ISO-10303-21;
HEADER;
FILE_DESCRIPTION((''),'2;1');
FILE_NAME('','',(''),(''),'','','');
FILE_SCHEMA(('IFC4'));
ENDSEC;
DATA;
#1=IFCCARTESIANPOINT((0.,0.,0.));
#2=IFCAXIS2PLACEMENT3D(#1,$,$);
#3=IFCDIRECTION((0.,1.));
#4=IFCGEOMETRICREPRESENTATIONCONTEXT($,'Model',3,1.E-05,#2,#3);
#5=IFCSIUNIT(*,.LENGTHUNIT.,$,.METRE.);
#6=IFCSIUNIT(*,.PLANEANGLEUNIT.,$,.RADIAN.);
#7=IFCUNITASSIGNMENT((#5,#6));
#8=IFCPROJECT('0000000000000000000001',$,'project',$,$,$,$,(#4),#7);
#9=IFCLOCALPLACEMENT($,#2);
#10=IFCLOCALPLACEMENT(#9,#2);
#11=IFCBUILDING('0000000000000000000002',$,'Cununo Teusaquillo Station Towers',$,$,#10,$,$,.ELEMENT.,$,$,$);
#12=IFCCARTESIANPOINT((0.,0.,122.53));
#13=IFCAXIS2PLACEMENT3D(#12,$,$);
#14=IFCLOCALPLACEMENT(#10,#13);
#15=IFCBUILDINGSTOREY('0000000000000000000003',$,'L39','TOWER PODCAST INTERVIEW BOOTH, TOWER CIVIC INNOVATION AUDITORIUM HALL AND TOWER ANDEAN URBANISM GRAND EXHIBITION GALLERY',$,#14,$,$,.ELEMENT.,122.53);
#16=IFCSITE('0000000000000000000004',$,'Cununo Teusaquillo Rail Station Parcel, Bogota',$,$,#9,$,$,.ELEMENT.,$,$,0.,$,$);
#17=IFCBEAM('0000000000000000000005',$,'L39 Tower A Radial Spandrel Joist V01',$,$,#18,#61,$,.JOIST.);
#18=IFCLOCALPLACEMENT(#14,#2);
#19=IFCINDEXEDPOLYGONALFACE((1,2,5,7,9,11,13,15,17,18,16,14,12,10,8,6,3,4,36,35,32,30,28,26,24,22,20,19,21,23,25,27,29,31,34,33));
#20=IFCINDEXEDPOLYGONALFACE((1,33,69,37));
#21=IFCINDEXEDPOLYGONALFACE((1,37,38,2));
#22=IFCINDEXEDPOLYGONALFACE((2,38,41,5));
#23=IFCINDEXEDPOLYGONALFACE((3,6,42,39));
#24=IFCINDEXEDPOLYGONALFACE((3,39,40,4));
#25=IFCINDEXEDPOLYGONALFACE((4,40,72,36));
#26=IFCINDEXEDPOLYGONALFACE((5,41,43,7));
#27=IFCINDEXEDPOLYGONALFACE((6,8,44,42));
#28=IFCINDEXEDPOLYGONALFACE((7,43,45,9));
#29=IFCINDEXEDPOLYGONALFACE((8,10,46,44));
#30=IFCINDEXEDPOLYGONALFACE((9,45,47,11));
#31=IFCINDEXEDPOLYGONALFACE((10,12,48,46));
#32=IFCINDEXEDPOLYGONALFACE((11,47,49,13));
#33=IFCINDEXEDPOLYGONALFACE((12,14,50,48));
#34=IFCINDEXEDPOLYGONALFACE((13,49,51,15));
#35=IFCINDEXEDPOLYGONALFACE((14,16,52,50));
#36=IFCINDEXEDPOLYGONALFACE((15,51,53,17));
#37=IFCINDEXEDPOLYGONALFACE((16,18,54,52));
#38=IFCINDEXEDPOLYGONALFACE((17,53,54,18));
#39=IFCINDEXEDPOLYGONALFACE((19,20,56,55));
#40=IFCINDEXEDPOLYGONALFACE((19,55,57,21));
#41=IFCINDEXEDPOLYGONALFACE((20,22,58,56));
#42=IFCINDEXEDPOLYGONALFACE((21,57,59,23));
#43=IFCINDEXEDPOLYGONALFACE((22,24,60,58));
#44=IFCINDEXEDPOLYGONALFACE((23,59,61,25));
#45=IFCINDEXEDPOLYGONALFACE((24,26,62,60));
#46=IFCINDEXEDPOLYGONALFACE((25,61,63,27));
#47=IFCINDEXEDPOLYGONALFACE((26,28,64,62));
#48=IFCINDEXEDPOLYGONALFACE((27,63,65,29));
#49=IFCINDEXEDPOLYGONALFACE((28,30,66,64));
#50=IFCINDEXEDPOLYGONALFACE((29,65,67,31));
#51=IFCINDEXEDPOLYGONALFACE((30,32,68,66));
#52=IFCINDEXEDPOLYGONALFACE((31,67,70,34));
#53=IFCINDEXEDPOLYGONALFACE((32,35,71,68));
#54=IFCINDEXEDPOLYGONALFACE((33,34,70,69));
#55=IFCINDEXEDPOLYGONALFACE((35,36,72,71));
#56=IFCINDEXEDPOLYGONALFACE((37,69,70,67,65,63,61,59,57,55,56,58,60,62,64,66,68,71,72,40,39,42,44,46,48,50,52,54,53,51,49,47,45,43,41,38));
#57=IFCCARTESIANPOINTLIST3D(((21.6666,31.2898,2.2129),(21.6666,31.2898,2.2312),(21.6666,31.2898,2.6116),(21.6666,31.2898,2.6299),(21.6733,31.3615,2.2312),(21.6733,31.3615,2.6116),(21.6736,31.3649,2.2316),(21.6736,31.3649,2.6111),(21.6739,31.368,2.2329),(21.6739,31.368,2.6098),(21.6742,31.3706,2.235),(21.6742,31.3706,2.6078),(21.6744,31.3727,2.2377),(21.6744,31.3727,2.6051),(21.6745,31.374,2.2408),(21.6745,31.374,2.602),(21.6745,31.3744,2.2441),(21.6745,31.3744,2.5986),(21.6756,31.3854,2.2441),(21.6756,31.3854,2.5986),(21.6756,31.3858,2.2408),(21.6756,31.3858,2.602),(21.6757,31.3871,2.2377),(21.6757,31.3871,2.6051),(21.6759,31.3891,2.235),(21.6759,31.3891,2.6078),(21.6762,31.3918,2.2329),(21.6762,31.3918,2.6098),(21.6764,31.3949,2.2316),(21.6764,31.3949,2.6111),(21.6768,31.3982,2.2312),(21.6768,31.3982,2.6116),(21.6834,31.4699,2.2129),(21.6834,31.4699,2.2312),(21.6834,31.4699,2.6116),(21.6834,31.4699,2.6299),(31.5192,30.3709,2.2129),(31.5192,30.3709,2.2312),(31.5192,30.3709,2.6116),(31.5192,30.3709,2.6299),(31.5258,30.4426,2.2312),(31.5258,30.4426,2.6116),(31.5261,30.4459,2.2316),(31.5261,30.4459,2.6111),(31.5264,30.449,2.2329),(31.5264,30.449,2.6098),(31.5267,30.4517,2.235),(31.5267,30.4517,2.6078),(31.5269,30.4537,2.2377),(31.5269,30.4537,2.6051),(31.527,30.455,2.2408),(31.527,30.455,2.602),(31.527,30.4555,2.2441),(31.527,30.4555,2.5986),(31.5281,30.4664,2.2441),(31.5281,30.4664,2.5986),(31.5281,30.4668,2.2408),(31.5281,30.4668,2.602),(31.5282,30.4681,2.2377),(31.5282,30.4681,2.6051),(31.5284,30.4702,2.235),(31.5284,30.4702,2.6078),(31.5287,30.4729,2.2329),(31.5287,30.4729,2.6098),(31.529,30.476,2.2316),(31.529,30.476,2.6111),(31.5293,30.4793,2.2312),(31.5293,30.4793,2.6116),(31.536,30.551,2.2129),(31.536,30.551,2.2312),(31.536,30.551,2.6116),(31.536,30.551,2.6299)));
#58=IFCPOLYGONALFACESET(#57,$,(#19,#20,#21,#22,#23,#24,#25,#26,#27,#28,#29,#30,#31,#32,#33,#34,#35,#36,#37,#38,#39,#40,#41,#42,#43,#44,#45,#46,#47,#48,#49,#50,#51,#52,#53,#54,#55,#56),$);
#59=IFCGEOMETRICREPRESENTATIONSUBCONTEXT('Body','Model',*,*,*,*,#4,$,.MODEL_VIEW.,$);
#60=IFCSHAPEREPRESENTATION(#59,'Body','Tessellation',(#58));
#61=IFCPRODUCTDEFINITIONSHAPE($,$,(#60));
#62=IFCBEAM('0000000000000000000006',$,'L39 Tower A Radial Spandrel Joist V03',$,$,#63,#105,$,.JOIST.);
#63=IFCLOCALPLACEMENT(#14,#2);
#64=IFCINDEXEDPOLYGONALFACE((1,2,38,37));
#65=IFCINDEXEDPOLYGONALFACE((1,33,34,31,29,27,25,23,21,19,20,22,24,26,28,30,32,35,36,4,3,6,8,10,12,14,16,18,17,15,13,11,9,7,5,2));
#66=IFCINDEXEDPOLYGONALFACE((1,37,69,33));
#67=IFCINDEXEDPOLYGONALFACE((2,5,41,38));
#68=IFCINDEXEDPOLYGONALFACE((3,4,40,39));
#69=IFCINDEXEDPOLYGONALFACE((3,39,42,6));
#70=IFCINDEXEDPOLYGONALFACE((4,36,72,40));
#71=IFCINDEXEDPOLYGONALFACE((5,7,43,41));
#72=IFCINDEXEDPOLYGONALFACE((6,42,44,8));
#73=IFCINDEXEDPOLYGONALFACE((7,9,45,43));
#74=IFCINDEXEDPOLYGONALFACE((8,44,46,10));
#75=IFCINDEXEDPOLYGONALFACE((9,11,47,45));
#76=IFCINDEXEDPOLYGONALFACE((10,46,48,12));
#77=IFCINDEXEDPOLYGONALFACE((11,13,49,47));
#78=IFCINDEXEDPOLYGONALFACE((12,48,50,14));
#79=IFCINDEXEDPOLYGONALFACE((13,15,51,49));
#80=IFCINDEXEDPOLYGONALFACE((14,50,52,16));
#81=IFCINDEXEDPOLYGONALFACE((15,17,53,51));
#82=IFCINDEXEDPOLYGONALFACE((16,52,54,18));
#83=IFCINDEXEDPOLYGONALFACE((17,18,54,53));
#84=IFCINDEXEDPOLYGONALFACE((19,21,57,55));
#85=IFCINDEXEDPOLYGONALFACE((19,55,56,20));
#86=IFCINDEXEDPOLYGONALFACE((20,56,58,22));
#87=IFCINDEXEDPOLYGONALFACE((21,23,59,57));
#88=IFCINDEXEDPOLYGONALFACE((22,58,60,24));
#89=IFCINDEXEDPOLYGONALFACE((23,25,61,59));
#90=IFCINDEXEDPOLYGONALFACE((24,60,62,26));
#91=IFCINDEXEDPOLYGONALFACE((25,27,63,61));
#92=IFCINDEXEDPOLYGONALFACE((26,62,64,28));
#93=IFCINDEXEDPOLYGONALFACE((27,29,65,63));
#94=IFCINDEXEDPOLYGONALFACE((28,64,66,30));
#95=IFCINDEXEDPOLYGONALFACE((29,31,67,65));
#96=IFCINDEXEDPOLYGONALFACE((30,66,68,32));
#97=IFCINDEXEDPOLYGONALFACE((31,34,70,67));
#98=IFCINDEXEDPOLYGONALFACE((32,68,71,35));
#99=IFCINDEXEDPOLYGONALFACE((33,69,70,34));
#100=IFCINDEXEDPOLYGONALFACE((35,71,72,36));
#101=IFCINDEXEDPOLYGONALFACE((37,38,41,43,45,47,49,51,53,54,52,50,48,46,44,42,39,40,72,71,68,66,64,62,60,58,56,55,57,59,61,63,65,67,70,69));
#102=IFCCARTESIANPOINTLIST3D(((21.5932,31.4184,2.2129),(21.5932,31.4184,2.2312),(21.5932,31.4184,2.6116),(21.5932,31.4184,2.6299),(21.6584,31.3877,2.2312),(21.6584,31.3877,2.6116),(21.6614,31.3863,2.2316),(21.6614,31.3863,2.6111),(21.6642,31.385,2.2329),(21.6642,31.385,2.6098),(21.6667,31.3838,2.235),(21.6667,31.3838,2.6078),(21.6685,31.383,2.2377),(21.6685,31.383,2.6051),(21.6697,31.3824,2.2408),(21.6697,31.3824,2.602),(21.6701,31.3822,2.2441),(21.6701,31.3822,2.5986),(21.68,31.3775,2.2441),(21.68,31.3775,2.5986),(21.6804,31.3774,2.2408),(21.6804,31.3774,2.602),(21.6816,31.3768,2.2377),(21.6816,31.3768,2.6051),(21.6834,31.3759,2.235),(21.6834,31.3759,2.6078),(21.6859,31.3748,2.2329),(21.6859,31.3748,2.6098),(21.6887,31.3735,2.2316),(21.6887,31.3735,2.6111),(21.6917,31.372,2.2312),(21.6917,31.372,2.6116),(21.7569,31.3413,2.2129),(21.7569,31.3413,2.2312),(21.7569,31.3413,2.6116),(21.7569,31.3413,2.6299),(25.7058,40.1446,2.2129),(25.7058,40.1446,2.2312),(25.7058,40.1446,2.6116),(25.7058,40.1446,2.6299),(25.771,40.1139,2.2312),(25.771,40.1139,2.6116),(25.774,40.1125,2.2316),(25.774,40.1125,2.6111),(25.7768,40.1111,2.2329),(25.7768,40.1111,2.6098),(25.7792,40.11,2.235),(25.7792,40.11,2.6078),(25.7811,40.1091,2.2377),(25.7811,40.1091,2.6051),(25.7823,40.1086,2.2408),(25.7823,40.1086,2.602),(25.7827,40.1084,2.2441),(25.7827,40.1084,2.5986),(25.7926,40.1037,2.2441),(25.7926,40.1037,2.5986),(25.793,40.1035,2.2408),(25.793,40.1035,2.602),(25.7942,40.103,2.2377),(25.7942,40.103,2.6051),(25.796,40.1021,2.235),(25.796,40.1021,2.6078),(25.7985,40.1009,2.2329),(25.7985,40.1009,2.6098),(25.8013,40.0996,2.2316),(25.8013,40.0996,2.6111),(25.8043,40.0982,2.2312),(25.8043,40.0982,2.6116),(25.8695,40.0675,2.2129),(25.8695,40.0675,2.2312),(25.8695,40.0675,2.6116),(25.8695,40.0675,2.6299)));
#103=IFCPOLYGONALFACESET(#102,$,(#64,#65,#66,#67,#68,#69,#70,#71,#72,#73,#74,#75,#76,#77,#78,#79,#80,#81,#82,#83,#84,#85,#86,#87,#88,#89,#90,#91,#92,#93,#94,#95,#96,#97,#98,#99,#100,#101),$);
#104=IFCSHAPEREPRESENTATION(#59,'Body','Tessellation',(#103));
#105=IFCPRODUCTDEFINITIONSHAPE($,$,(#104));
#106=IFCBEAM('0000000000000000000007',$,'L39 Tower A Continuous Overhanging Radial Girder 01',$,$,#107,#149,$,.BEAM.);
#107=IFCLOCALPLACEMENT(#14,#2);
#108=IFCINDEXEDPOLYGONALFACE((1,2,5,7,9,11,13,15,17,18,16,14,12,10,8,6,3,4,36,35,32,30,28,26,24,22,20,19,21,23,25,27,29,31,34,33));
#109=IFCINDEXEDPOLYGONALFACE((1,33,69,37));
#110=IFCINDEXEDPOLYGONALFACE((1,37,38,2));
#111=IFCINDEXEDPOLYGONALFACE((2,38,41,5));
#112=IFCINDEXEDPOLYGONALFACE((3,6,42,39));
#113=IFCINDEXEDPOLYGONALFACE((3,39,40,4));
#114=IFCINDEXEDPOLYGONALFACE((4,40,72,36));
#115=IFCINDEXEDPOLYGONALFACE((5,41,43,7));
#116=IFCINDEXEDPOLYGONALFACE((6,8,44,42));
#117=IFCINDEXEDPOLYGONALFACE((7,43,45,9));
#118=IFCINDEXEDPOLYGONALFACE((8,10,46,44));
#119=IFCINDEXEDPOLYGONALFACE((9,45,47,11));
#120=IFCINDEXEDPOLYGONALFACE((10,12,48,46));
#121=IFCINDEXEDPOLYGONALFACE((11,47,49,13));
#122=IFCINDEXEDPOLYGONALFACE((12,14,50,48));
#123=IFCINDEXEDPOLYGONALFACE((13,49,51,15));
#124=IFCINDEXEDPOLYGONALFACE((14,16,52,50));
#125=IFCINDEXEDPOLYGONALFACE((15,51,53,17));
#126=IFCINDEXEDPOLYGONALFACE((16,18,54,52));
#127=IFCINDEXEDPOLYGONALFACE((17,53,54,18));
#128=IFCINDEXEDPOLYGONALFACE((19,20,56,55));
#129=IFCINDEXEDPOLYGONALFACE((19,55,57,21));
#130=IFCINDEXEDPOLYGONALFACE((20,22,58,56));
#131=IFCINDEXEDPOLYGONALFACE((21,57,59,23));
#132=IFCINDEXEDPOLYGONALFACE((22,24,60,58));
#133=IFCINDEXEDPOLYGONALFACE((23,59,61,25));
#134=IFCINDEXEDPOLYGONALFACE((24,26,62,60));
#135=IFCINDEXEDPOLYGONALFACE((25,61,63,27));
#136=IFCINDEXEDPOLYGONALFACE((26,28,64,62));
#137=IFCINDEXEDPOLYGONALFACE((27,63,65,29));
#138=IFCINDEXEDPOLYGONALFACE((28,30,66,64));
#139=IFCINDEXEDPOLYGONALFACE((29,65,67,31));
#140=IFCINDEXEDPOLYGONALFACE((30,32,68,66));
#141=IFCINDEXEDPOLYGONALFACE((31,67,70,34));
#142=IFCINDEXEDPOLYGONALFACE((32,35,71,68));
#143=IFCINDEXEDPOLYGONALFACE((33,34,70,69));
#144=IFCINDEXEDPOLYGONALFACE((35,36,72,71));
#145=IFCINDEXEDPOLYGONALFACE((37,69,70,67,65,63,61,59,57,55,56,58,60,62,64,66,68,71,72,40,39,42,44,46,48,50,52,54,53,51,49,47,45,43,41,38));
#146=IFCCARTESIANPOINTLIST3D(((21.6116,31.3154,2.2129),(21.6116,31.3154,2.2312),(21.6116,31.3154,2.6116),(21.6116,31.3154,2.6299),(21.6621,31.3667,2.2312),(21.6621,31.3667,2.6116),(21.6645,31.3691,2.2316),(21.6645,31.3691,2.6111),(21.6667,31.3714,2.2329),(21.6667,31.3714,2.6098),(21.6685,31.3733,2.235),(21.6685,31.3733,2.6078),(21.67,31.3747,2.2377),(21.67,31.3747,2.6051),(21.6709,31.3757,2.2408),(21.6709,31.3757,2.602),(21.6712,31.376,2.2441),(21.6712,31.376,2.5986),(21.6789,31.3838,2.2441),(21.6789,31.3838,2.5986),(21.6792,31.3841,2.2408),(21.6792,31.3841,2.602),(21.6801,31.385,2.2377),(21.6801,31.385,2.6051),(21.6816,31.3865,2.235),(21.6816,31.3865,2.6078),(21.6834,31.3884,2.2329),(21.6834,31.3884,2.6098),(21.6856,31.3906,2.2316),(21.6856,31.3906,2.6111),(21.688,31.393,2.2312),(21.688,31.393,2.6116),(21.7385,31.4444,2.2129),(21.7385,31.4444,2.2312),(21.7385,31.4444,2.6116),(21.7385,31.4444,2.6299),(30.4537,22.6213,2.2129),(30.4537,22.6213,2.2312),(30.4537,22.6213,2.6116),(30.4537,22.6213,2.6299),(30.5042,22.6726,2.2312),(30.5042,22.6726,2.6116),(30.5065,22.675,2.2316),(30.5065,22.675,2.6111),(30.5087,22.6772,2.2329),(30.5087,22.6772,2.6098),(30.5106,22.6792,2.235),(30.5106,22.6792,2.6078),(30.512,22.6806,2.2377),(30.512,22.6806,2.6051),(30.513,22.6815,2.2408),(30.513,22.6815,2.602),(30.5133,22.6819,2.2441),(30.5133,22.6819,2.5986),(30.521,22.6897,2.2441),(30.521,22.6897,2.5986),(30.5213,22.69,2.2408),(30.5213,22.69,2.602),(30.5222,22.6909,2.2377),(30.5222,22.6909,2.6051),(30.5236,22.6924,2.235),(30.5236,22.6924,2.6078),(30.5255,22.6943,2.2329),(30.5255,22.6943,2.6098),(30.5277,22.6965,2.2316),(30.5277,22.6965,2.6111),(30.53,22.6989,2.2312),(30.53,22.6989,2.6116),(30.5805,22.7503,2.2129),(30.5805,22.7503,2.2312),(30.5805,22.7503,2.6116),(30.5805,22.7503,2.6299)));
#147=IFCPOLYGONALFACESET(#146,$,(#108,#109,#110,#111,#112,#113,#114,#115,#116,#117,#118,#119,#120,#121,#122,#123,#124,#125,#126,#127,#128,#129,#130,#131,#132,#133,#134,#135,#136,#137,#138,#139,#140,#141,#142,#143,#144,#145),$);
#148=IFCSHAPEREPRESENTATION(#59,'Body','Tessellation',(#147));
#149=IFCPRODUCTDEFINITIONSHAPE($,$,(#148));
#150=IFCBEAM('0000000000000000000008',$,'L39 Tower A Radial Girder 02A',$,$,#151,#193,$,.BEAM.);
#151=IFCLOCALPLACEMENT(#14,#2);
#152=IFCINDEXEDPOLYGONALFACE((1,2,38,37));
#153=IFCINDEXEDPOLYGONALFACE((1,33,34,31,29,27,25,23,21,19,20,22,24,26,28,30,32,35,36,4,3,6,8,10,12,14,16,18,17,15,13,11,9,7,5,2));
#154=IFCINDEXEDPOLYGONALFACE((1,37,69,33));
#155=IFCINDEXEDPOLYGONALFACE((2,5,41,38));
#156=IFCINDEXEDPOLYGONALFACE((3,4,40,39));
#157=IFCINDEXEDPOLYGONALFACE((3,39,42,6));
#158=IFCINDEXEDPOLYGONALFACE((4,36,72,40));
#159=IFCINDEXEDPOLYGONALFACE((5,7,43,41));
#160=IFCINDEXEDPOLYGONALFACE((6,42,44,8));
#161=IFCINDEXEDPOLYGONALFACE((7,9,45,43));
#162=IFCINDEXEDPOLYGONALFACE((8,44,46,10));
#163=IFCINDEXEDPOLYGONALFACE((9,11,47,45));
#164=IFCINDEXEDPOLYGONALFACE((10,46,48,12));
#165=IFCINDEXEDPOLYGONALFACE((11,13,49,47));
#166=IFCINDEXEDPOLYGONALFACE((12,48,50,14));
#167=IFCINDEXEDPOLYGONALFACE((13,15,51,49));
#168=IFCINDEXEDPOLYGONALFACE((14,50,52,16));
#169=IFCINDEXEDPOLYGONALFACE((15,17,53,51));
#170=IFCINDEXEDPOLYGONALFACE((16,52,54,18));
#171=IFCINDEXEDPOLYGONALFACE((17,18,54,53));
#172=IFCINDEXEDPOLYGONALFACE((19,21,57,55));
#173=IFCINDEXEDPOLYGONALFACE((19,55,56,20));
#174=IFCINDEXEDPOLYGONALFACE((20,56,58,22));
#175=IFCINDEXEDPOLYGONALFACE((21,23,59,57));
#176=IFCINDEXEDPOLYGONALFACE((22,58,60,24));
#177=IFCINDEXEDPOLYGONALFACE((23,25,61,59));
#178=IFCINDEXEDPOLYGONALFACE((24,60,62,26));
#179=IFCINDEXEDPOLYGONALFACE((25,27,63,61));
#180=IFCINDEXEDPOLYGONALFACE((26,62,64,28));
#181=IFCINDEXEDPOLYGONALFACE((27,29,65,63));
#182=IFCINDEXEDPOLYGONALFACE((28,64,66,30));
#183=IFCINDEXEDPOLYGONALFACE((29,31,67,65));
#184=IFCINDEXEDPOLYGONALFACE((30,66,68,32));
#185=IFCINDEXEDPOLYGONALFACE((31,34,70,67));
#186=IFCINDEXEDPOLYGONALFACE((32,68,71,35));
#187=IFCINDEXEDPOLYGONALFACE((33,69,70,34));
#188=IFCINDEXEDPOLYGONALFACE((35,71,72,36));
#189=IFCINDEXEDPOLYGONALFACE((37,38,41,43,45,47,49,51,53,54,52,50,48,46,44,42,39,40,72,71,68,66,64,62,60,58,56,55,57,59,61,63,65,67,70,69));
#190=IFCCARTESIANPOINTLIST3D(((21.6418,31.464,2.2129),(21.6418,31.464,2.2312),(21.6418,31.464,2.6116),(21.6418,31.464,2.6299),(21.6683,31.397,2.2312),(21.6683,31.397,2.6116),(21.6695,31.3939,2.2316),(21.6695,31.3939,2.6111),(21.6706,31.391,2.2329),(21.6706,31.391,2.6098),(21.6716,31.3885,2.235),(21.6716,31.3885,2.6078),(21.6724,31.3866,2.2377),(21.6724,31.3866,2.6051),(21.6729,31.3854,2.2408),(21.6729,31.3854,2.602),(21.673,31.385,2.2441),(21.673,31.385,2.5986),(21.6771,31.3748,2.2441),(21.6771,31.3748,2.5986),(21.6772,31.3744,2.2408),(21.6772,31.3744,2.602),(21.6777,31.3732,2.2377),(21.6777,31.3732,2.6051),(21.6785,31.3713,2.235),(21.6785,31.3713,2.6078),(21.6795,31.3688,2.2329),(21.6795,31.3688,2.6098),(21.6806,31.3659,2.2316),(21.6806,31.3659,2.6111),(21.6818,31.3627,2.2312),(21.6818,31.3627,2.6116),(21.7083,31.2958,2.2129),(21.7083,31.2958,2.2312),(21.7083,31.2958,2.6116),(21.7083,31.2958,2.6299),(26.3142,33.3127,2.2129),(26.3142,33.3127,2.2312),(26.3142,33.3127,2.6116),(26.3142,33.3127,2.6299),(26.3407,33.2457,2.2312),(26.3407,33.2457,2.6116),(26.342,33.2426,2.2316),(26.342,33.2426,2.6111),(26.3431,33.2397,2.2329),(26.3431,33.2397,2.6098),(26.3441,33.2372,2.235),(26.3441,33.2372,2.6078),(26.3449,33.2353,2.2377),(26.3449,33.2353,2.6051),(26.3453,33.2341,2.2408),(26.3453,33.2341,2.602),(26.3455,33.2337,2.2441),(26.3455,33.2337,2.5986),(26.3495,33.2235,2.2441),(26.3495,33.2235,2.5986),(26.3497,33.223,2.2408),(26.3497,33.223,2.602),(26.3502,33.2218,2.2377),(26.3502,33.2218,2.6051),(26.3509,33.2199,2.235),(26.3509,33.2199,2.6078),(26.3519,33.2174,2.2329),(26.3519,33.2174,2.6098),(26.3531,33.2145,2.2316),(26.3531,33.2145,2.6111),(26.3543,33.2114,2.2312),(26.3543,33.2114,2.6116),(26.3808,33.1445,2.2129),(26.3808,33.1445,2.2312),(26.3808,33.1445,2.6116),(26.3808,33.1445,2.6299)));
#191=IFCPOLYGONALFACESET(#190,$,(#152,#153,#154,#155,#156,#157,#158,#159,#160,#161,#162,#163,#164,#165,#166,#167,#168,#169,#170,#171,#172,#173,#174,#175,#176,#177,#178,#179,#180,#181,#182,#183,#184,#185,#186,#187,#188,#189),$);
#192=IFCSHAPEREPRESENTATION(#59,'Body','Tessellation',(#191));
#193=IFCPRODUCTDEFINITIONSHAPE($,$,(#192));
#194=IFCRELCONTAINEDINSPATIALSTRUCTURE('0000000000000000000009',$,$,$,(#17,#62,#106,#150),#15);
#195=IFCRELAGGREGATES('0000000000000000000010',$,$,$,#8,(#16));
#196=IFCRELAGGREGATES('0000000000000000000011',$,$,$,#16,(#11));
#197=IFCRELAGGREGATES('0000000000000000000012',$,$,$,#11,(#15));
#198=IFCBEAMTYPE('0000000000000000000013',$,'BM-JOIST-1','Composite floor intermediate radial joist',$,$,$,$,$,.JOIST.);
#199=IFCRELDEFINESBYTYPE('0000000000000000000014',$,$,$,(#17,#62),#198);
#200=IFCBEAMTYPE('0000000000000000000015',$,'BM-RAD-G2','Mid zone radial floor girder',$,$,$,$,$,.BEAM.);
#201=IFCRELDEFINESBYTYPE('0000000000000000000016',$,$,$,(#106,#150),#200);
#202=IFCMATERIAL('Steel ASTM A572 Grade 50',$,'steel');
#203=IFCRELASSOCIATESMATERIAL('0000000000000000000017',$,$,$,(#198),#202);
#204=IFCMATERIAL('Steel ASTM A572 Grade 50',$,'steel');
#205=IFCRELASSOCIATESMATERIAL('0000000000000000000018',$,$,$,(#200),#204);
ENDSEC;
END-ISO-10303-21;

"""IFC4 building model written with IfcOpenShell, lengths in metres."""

from ifc_helpers import new_model, si_unit, direction, frame, origin, origin_2d, place, context, subcontext, project, spatial, i_section, extrude, material, material_profile, profile_set, type_object, element, save


model = new_model("IFC4")

# Units and contexts
model_context = context("Model", 3, precision=1e-05, world=origin(), true_north=direction((0.0, 1.0)))
body_context = subcontext(model_context, "Body", "Model", "MODEL_VIEW")
ifc_project = project(units=[si_unit("LENGTHUNIT", "METRE"), si_unit("PLANEANGLEUNIT", "RADIAN")], contexts=[model_context])

# Site, building, storey
site_placement = place(None, origin())
site = spatial("IfcSite", under=ifc_project, at=site_placement, Name="Cununo Teusaquillo Rail Station Parcel, Bogota", CompositionType="ELEMENT", RefElevation=0.0)
building_placement = place(site_placement, origin())
building = spatial("IfcBuilding", under=site, at=building_placement, Name="Cununo Teusaquillo Station Towers", CompositionType="ELEMENT")
storey_placement = place(building_placement, frame((0.0, 0.0, 122.53)))
storey = spatial("IfcBuildingStorey", under=building, at=storey_placement, Name="L39", Description="TOWER PODCAST INTERVIEW BOOTH, TOWER CIVIC INNOVATION AUDITORIUM HALL AND TOWER ANDEAN URBANISM GRAND EXHIBITION GALLERY", CompositionType="ELEMENT", Elevation=122.53)

# Beams
ifc_material_1 = material(Name="Steel ASTM A572 Grade 50", Category="steel")
ifc_material_profile_1 = material_profile(ifc_material_1, i_section(OverallWidth=0.1809, OverallDepth=0.417, WebThickness=0.011, FlangeThickness=0.0183, FilletRadius=0.0129, at=origin_2d()), Name="W16X57")
ifc_profile_set_1 = profile_set([ifc_material_profile_1], Name="Steel ASTM A572 Grade 50")
beam_type_1 = type_object("IfcBeamType", Name="BM-JOIST-1", Description="Composite floor intermediate radial joist", PredefinedType="JOIST", material=ifc_profile_set_1)
beam_1_placement = place(storey_placement, frame((21.675, 31.3799, 2.4214), z_axis=(0.995679, -0.092867, 0.0), x_axis=(0.092867, 0.995679, 0.0)))
element("IfcBeam", 1, at=beam_1_placement, inside=storey, type_object=beam_type_1, Name="L39 Tower A Radial Spandrel Joist V01", PredefinedType="JOIST", context=body_context, shape_type="SweptSolid", body=[
    extrude(i_section(OverallWidth=0.1809, OverallDepth=0.417, WebThickness=0.011, FlangeThickness=0.0183, FilletRadius=0.0129, at=origin_2d()), origin(), (0.0, 0.0, 1.0), 9.8953),
])
beam_2_placement = place(storey_placement, frame((21.675, 31.3799, 2.4214), z_axis=(0.42632, 0.904572, 0.0), x_axis=(-0.904572, 0.42632, 0.0)))
element("IfcBeam", 2, at=beam_2_placement, inside=storey, type_object=beam_type_1, Name="L39 Tower A Radial Spandrel Joist V03", PredefinedType="JOIST", context=body_context, shape_type="SweptSolid", body=[
    extrude(i_section(OverallWidth=0.1809, OverallDepth=0.417, WebThickness=0.011, FlangeThickness=0.0183, FilletRadius=0.0129, at=origin_2d()), origin(), (0.0, 0.0, 1.0), 9.6467),
])
ifc_material_2 = material(Name="Steel ASTM A572 Grade 50", Category="steel")
ifc_material_profile_2 = material_profile(ifc_material_2, i_section(OverallWidth=0.1809, OverallDepth=0.417, WebThickness=0.011, FlangeThickness=0.0183, FilletRadius=0.0129, at=origin_2d()), Name="W16X57")
ifc_profile_set_2 = profile_set([ifc_material_profile_2], Name="Steel ASTM A572 Grade 50")
beam_type_2 = type_object("IfcBeamType", Name="BM-RAD-G2", Description="Mid zone radial floor girder", PredefinedType="BEAM", material=ifc_profile_set_2)
beam_3_placement = place(storey_placement, frame((21.675, 31.3799, 2.4214), z_axis=(0.713047, -0.701116, 0.0), x_axis=(0.701116, 0.713047, 0.0)))
element("IfcBeam", 3, at=beam_3_placement, inside=storey, type_object=beam_type_2, Name="L39 Tower A Continuous Overhanging Radial Girder 01", PredefinedType="BEAM", context=body_context, shape_type="SweptSolid", body=[
    extrude(i_section(OverallWidth=0.1809, OverallDepth=0.417, WebThickness=0.011, FlangeThickness=0.0183, FilletRadius=0.0129, at=origin_2d()), origin(), (0.0, 0.0, 1.0), 12.4004),
])
beam_4_placement = place(storey_placement, frame((21.675, 31.3799, 2.4214), z_axis=(0.929864, 0.367903, 0.0), x_axis=(-0.367903, 0.929864, 0.0)))
element("IfcBeam", 4, at=beam_4_placement, inside=storey, type_object=beam_type_2, Name="L39 Tower A Radial Girder 02A", PredefinedType="BEAM", context=body_context, shape_type="SweptSolid", body=[
    extrude(i_section(OverallWidth=0.1809, OverallDepth=0.417, WebThickness=0.011, FlangeThickness=0.0183, FilletRadius=0.0129, at=origin_2d()), origin(), (0.0, 0.0, 1.0), 5.0249),
])

save(model, "model.ifc")
